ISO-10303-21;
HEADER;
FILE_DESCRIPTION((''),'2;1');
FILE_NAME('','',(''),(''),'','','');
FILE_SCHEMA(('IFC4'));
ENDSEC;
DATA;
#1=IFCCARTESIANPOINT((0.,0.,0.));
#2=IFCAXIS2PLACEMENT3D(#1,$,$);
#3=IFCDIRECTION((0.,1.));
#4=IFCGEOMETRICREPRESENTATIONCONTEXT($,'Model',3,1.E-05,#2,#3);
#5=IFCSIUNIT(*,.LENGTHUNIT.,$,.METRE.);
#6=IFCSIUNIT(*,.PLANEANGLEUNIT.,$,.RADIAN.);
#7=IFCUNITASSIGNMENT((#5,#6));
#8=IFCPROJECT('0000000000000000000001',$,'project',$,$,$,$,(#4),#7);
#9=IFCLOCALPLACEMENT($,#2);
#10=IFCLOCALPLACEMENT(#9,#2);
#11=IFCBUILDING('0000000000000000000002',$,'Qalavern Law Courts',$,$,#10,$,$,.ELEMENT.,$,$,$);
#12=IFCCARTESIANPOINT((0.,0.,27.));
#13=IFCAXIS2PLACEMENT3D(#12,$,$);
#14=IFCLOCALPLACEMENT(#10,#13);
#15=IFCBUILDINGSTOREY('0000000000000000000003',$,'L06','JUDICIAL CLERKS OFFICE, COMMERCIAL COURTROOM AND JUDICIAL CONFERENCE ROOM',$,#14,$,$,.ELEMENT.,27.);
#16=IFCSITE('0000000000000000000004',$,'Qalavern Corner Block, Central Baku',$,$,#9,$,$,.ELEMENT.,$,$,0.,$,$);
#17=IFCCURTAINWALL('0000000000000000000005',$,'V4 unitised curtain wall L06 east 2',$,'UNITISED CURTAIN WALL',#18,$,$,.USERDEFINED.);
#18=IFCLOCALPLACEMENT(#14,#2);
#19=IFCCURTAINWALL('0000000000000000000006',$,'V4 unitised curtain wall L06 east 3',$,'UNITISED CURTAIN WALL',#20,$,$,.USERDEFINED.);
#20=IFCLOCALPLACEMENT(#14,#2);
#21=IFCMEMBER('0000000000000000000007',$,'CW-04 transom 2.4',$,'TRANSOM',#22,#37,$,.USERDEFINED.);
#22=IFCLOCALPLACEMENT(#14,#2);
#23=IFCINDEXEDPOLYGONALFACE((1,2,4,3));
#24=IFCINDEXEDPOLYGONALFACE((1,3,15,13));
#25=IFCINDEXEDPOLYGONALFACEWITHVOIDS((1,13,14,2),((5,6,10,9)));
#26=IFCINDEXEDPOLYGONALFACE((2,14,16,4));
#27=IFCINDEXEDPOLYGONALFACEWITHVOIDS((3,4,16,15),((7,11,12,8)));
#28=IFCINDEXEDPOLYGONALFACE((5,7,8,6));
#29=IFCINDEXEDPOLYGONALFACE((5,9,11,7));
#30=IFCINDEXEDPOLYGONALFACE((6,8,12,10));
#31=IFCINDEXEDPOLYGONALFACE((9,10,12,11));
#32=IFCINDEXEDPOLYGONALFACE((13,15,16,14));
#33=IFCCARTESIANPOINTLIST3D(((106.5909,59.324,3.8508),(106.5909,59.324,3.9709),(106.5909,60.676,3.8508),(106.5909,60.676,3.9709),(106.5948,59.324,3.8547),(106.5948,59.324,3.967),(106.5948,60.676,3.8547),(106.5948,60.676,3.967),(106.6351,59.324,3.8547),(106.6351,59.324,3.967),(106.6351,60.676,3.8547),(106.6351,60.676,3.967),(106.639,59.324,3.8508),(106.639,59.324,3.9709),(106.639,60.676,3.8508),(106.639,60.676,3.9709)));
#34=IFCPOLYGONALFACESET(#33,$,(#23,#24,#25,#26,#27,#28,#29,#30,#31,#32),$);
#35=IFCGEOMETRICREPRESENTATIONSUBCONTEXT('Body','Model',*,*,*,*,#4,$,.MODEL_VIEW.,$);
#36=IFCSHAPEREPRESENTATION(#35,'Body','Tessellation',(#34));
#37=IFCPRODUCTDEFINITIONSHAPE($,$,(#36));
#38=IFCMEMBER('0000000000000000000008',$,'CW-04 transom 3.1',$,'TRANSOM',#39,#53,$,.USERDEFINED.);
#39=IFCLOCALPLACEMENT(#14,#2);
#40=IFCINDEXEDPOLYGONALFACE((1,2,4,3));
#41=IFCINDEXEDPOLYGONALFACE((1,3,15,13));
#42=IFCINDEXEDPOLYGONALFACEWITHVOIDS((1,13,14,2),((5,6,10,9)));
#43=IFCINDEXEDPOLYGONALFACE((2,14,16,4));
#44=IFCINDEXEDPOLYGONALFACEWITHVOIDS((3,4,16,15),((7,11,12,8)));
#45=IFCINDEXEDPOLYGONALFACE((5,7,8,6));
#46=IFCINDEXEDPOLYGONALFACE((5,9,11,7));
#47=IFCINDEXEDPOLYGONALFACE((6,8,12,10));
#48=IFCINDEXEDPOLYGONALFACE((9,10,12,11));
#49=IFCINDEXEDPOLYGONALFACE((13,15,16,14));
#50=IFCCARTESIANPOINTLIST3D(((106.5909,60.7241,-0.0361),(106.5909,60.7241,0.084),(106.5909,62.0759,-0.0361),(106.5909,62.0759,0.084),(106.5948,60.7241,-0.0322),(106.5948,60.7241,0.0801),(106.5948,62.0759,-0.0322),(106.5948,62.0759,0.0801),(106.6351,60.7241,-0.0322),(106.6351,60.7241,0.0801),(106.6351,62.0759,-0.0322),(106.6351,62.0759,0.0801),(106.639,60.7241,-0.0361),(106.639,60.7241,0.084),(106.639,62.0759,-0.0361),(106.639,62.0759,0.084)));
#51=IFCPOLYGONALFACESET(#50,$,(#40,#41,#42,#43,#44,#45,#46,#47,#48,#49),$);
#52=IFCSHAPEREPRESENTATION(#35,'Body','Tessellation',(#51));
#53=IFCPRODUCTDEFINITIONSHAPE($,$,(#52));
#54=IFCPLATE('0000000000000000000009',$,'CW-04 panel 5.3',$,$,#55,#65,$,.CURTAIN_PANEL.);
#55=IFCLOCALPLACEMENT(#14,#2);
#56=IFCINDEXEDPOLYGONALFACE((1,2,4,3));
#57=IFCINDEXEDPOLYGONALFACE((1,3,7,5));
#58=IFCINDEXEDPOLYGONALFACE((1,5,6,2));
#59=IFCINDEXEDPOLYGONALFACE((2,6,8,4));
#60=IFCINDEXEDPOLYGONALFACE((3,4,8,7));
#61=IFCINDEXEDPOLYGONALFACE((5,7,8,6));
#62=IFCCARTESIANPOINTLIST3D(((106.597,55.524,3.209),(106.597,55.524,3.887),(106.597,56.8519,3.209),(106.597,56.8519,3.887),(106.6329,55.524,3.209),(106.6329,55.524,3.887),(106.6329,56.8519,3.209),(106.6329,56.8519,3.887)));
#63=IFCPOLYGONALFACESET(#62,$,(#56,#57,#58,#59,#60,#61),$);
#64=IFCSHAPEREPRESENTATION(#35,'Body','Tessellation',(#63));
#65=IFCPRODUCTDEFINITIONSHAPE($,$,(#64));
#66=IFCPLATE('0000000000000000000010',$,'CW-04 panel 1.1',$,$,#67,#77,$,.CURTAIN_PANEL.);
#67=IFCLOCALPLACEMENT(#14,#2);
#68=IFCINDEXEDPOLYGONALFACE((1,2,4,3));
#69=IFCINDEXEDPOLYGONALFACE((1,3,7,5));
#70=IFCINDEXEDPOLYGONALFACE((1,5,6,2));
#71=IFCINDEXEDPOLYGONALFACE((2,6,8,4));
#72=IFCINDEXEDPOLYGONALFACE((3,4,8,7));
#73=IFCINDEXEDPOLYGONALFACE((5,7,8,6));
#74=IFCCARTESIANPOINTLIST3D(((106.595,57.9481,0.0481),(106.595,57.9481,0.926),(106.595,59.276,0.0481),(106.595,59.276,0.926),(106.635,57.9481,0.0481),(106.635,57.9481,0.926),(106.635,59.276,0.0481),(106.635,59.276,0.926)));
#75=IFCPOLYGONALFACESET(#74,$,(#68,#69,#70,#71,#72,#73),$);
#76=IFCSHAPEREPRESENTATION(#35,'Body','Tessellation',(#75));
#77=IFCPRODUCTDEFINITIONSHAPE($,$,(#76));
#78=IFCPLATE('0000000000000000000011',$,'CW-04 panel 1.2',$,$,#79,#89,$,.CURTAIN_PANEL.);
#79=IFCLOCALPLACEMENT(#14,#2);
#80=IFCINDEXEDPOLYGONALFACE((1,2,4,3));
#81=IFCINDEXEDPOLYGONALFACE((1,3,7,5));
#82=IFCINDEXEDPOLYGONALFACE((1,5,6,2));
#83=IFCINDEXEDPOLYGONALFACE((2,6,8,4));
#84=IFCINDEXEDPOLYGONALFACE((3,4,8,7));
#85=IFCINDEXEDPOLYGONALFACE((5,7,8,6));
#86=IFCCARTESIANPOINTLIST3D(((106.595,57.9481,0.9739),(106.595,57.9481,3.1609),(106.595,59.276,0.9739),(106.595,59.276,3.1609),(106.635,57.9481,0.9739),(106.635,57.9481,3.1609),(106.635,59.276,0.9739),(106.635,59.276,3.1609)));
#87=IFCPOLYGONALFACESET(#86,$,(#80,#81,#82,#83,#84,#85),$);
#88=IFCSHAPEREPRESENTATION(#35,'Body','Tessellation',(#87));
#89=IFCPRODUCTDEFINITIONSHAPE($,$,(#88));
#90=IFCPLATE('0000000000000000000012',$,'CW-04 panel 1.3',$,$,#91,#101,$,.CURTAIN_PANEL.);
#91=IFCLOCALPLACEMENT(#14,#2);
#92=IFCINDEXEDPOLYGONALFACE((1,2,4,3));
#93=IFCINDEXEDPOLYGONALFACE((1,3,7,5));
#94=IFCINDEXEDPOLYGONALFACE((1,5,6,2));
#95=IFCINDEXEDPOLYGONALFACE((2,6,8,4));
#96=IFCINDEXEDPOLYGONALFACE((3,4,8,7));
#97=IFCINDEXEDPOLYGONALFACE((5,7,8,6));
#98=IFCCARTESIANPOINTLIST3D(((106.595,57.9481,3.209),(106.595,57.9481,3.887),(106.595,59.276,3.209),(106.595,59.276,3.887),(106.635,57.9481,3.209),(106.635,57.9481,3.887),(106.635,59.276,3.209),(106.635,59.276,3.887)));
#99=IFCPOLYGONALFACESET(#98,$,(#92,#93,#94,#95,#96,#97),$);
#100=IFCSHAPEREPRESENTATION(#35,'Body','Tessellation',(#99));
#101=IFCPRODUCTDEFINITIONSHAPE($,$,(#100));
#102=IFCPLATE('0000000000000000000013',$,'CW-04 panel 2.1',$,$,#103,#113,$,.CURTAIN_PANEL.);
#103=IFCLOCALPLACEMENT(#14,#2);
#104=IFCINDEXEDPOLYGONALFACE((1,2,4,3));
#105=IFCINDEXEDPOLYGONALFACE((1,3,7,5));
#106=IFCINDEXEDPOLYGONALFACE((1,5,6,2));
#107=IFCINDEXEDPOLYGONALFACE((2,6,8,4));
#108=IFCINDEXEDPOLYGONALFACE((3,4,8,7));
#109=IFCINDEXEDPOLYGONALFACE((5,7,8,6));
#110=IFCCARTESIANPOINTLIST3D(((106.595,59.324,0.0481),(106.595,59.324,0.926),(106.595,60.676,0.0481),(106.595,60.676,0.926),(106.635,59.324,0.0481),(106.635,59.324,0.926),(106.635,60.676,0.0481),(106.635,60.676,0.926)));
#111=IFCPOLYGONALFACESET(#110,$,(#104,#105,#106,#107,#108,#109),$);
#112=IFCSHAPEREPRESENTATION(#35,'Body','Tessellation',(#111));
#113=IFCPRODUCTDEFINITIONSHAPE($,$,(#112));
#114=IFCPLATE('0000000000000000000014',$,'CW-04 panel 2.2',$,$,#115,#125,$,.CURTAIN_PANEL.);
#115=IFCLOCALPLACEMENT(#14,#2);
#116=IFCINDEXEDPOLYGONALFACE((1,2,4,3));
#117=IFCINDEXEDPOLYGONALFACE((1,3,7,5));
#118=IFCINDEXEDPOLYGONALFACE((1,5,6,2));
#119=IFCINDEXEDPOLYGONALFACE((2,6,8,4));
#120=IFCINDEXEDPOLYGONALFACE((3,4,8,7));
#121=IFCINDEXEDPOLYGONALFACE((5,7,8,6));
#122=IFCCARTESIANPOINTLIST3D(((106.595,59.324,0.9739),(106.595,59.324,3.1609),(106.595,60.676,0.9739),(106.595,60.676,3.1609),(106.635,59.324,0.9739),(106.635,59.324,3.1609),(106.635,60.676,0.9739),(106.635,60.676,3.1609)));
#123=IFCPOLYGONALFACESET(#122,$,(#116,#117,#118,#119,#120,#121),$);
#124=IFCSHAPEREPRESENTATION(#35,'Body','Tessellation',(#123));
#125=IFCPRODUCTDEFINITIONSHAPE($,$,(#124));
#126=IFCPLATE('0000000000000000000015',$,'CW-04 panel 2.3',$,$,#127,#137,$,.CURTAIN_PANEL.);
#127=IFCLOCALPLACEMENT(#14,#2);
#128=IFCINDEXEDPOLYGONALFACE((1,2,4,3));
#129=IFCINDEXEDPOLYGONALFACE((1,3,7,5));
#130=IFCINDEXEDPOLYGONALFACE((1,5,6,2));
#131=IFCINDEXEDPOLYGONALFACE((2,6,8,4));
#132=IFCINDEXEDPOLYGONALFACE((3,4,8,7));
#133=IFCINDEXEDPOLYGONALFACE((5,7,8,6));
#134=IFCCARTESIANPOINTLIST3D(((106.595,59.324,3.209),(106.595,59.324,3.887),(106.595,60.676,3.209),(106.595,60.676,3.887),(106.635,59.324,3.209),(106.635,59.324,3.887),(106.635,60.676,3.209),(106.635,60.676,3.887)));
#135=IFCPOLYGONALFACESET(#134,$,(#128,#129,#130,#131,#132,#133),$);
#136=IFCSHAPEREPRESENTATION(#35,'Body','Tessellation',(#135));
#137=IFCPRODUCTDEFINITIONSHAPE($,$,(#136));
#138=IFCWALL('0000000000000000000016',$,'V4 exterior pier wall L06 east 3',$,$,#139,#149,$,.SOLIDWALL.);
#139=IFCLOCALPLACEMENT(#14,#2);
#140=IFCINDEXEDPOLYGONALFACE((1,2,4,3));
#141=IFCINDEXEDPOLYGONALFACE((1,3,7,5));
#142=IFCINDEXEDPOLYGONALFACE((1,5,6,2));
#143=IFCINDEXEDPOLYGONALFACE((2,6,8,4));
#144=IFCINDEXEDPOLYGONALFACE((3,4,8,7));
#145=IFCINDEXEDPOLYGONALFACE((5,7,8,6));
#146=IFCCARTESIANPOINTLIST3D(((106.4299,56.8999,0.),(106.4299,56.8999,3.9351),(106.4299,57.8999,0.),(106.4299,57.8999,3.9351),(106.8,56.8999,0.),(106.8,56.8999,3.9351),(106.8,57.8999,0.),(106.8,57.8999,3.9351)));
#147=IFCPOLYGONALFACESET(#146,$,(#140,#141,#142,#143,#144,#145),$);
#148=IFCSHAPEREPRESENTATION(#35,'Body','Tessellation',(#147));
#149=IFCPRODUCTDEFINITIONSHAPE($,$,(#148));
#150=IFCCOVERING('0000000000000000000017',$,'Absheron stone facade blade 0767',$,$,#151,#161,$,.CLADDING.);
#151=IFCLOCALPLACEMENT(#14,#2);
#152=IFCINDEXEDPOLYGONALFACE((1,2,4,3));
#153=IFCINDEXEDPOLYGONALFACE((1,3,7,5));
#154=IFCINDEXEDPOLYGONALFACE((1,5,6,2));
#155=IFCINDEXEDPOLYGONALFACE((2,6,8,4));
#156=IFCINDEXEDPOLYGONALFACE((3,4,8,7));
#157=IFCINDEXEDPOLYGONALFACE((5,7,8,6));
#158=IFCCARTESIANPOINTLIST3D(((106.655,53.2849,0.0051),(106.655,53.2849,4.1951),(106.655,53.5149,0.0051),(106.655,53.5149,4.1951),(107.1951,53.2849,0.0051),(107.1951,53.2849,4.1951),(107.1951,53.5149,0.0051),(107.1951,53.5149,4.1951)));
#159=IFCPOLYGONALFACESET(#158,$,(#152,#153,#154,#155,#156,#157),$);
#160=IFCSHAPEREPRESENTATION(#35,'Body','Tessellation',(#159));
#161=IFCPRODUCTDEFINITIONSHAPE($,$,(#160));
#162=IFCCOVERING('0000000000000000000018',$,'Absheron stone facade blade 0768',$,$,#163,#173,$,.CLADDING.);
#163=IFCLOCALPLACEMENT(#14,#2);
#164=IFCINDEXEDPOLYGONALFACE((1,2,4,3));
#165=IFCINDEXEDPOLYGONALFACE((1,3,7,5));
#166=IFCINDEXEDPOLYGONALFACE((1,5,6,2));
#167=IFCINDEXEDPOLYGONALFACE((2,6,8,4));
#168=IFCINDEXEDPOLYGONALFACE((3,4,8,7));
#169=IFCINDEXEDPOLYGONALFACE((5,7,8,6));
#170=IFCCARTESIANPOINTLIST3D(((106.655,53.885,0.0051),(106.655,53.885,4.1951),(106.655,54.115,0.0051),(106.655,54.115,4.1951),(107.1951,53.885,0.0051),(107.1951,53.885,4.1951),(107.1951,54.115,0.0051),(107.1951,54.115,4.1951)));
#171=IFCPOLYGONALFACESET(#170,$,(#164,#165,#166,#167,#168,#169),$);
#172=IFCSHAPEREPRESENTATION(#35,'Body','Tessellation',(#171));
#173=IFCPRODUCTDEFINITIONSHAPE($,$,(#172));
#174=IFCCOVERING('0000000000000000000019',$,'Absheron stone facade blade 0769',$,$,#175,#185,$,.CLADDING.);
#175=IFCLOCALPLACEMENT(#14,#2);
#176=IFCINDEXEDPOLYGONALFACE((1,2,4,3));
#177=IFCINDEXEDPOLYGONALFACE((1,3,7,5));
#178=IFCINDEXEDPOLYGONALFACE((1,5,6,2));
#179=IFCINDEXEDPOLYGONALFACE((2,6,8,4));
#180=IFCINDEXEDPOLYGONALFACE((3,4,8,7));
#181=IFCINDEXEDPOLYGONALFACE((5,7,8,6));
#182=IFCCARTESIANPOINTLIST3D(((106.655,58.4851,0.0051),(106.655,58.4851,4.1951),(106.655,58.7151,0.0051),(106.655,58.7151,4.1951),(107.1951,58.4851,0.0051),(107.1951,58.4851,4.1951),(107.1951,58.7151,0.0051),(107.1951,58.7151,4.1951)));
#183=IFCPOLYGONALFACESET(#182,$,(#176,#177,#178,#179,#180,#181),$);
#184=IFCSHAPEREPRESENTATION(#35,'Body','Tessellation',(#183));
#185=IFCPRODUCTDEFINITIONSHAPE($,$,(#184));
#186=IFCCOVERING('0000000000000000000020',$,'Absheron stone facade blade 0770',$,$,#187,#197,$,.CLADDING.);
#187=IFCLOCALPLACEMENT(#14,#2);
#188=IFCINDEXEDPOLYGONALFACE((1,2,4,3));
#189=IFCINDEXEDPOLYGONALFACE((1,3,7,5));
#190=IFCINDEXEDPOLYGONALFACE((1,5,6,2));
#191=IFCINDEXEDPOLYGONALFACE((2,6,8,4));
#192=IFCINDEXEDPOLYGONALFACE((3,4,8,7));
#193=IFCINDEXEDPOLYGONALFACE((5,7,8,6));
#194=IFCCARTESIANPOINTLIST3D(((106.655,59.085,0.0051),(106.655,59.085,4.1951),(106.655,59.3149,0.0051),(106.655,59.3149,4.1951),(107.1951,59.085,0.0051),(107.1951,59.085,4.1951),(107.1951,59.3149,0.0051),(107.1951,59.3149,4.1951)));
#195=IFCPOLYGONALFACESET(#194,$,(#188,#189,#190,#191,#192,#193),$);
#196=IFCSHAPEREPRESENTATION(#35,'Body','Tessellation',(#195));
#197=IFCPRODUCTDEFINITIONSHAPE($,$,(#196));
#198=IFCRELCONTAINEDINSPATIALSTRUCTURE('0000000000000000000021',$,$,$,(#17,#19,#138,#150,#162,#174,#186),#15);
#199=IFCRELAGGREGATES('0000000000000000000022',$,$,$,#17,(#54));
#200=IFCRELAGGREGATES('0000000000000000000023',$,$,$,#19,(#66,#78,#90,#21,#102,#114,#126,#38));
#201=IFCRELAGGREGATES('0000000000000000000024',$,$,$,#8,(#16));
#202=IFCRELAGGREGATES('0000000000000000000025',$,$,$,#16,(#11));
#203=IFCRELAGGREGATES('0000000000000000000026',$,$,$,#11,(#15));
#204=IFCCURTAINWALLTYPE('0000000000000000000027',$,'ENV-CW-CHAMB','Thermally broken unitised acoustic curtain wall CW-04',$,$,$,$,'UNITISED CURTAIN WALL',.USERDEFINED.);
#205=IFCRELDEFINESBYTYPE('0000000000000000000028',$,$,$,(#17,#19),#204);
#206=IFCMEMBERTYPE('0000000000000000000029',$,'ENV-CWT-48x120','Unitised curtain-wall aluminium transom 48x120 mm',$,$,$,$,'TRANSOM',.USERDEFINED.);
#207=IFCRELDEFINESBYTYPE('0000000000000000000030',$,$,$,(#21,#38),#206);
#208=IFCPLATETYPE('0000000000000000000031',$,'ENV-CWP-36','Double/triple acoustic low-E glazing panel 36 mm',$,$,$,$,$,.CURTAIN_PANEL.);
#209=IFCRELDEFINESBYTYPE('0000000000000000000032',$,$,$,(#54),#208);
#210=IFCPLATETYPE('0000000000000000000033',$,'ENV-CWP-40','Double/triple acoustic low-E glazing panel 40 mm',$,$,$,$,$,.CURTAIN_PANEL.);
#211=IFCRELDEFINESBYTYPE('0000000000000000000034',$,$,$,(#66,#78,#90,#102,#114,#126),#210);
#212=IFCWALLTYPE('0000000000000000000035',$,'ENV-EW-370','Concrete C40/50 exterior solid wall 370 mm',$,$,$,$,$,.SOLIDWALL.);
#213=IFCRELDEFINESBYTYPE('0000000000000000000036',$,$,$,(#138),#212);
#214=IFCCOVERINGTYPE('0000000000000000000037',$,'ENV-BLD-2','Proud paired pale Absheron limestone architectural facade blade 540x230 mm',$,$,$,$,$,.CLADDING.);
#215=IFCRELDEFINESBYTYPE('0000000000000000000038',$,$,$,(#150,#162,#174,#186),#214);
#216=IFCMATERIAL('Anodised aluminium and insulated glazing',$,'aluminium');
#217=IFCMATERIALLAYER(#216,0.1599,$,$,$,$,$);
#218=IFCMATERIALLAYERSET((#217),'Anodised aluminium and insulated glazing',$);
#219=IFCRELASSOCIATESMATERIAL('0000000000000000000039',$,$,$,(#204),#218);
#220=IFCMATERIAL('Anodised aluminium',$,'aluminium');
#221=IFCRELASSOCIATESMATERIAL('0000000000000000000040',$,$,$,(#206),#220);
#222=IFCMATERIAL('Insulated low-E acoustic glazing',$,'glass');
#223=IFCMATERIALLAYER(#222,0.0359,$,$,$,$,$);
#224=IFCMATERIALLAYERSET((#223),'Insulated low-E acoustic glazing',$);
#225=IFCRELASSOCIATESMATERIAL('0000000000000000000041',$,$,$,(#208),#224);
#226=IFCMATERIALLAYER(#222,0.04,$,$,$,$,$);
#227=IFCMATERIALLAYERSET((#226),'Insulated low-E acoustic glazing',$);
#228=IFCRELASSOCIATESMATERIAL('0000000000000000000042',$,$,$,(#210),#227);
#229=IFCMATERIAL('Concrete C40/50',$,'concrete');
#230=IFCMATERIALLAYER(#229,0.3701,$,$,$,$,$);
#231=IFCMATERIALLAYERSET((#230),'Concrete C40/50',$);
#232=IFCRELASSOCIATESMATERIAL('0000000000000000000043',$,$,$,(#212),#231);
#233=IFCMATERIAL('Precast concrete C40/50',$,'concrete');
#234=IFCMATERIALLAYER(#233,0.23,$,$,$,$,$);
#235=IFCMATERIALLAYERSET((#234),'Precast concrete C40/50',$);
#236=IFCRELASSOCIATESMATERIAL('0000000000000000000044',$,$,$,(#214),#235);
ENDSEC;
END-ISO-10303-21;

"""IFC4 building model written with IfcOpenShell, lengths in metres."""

from ifc_helpers import new_model, si_unit, direction, frame, frame_2d, origin, origin_2d, place, context, subcontext, project, spatial, rectangle, hollow_rectangle, extrude, material, layer, layer_set, material_profile, profile_set, type_object, element, aggregate, save


model = new_model("IFC4")

# Units and contexts
model_context = context("Model", 3, precision=1e-05, world=origin(), true_north=direction((0.0, 1.0)))
body_context = subcontext(model_context, "Body", "Model", "MODEL_VIEW")
ifc_project = project(units=[si_unit("LENGTHUNIT", "METRE"), si_unit("PLANEANGLEUNIT", "RADIAN")], contexts=[model_context])

# Site, building, storey
site_placement = place(None, origin())
site = spatial("IfcSite", under=ifc_project, at=site_placement, Name="Qalavern Corner Block, Central Baku", CompositionType="ELEMENT", RefElevation=0.0)
building_placement = place(site_placement, origin())
building = spatial("IfcBuilding", under=site, at=building_placement, Name="Qalavern Law Courts", CompositionType="ELEMENT")
storey_placement = place(building_placement, frame((0.0, 0.0, 27.0)))
storey = spatial("IfcBuildingStorey", under=building, at=storey_placement, Name="L06", Description="JUDICIAL CLERKS OFFICE, COMMERCIAL COURTROOM AND JUDICIAL CONFERENCE ROOM", CompositionType="ELEMENT", Elevation=27.0)

# Curtain wall
ifc_material_1 = material(Name="Anodised aluminium and insulated glazing", Category="aluminium")
ifc_layer_1 = layer(ifc_material_1, 0.1599)
ifc_layer_set_1 = layer_set([ifc_layer_1], Name="Anodised aluminium and insulated glazing")
curtain_wall_type = type_object("IfcCurtainWallType", Name="ENV-CW-CHAMB", Description="Thermally broken unitised acoustic curtain wall CW-04", ElementType="UNITISED CURTAIN WALL", PredefinedType="USERDEFINED", material=ifc_layer_set_1)
curtain_wall_1_placement = place(storey_placement, origin())
curtain_wall_1 = element("IfcCurtainWall", 1, at=curtain_wall_1_placement, inside=storey, type_object=curtain_wall_type, Name="V4 unitised curtain wall L06 east 2", ObjectType="UNITISED CURTAIN WALL", PredefinedType="USERDEFINED")
ifc_material_2 = material(Name="Anodised aluminium", Category="aluminium")

# Curtain wall, members
curtain_wall_2_placement = place(storey_placement, origin())
curtain_wall_2 = element("IfcCurtainWall", 2, at=curtain_wall_2_placement, inside=storey, type_object=curtain_wall_type, Name="V4 unitised curtain wall L06 east 3", ObjectType="UNITISED CURTAIN WALL", PredefinedType="USERDEFINED")
ifc_material_profile_1 = material_profile(ifc_material_2, hollow_rectangle(XDim=0.0481, YDim=0.1201, WallThickness=0.0039, at=origin_2d()), Name="ALU TRANSOM 48x120")
ifc_profile_set_1 = profile_set([ifc_material_profile_1], Name="Anodised aluminium")
member_type_1 = type_object("IfcMemberType", Name="ENV-CWT-48x120", Description="Unitised curtain-wall aluminium transom 48x120 mm", ElementType="TRANSOM", PredefinedType="USERDEFINED", material=ifc_profile_set_1)
member_1_placement = place(storey_placement, frame((106.615, 59.324, 3.9109), z_axis=(0.0, 1.0, 0.0), x_axis=(-1.0, 0.0, 0.0)))
member_1 = element("IfcMember", 3, at=member_1_placement, type_object=member_type_1, Name="CW-04 transom 2.4", ObjectType="TRANSOM", PredefinedType="USERDEFINED", context=body_context, shape_type="SweptSolid", body=[
    extrude(hollow_rectangle(XDim=0.0481, YDim=0.1201, WallThickness=0.0039, at=origin_2d()), origin(), (0.0, 0.0, 1.0), 1.3521),
])
member_2_placement = place(storey_placement, frame((106.615, 60.7241, 0.0239), z_axis=(0.0, 1.0, 0.0), x_axis=(-1.0, 0.0, 0.0)))
member_2 = element("IfcMember", 4, at=member_2_placement, type_object=member_type_1, Name="CW-04 transom 3.1", ObjectType="TRANSOM", PredefinedType="USERDEFINED", context=body_context, shape_type="SweptSolid", body=[
    extrude(hollow_rectangle(XDim=0.0481, YDim=0.1201, WallThickness=0.0039, at=origin_2d()), origin(), (0.0, 0.0, 1.0), 1.3518),
])

# Plates
ifc_material_3 = material(Name="Insulated low-E acoustic glazing", Category="glass")
ifc_layer_2 = layer(ifc_material_3, 0.0359)
ifc_layer_set_2 = layer_set([ifc_layer_2], Name="Insulated low-E acoustic glazing")
plate_type_1 = type_object("IfcPlateType", Name="ENV-CWP-36", Description="Double/triple acoustic low-E glazing panel 36 mm", PredefinedType="CURTAIN_PANEL", material=ifc_layer_set_2)
plate_1_placement = place(storey_placement, frame((106.615, 56.188, 3.209), z_axis=(0.0, 0.0, 1.0), x_axis=(0.0, 1.0, 0.0)))
plate_1 = element("IfcPlate", 5, at=plate_1_placement, type_object=plate_type_1, Name="CW-04 panel 5.3", PredefinedType="CURTAIN_PANEL", context=body_context, shape_type="SweptSolid", body=[
    extrude(rectangle(XDim=1.3279, YDim=0.0359, at=origin_2d()), origin(), (0.0, 0.0, 1.0), 0.678),
])
aggregate(curtain_wall_1, [plate_1])
ifc_layer_3 = layer(ifc_material_3, 0.04)
ifc_layer_set_3 = layer_set([ifc_layer_3], Name="Insulated low-E acoustic glazing")
plate_type_2 = type_object("IfcPlateType", Name="ENV-CWP-40", Description="Double/triple acoustic low-E glazing panel 40 mm", PredefinedType="CURTAIN_PANEL", material=ifc_layer_set_3)
plate_2_placement = place(storey_placement, frame((106.615, 58.6121, 0.0481), z_axis=(0.0, 0.0, 1.0), x_axis=(0.0, 1.0, 0.0)))
plate_2 = element("IfcPlate", 6, at=plate_2_placement, type_object=plate_type_2, Name="CW-04 panel 1.1", PredefinedType="CURTAIN_PANEL", context=body_context, shape_type="SweptSolid", body=[
    extrude(rectangle(XDim=1.3279, YDim=0.04, at=origin_2d()), origin(), (0.0, 0.0, 1.0), 0.8779),
])
plate_3_placement = place(storey_placement, frame((106.615, 58.6121, 0.9739), z_axis=(0.0, 0.0, 1.0), x_axis=(0.0, 1.0, 0.0)))
plate_3 = element("IfcPlate", 7, at=plate_3_placement, type_object=plate_type_2, Name="CW-04 panel 1.2", PredefinedType="CURTAIN_PANEL", context=body_context, shape_type="SweptSolid", body=[
    extrude(rectangle(XDim=1.3279, YDim=0.04, at=origin_2d()), origin(), (0.0, 0.0, 1.0), 2.187),
])
plate_4_placement = place(storey_placement, frame((106.615, 58.6121, 3.209), z_axis=(0.0, 0.0, 1.0), x_axis=(0.0, 1.0, 0.0)))
plate_4 = element("IfcPlate", 8, at=plate_4_placement, type_object=plate_type_2, Name="CW-04 panel 1.3", PredefinedType="CURTAIN_PANEL", context=body_context, shape_type="SweptSolid", body=[
    extrude(rectangle(XDim=1.3279, YDim=0.04, at=origin_2d()), origin(), (0.0, 0.0, 1.0), 0.678),
])
plate_5_placement = place(storey_placement, frame((106.615, 60.0, 0.0481), z_axis=(0.0, 0.0, 1.0), x_axis=(0.0, 1.0, 0.0)))
plate_5 = element("IfcPlate", 9, at=plate_5_placement, type_object=plate_type_2, Name="CW-04 panel 2.1", PredefinedType="CURTAIN_PANEL", context=body_context, shape_type="SweptSolid", body=[
    extrude(rectangle(XDim=1.3521, YDim=0.04, at=origin_2d()), origin(), (0.0, 0.0, 1.0), 0.8779),
])
plate_6_placement = place(storey_placement, frame((106.615, 60.0, 0.9739), z_axis=(0.0, 0.0, 1.0), x_axis=(0.0, 1.0, 0.0)))
plate_6 = element("IfcPlate", 10, at=plate_6_placement, type_object=plate_type_2, Name="CW-04 panel 2.2", PredefinedType="CURTAIN_PANEL", context=body_context, shape_type="SweptSolid", body=[
    extrude(rectangle(XDim=1.3521, YDim=0.04, at=origin_2d()), origin(), (0.0, 0.0, 1.0), 2.187),
])
plate_7_placement = place(storey_placement, frame((106.615, 60.0, 3.209), z_axis=(0.0, 0.0, 1.0), x_axis=(0.0, 1.0, 0.0)))
plate_7 = element("IfcPlate", 11, at=plate_7_placement, type_object=plate_type_2, Name="CW-04 panel 2.3", PredefinedType="CURTAIN_PANEL", context=body_context, shape_type="SweptSolid", body=[
    extrude(rectangle(XDim=1.3521, YDim=0.04, at=origin_2d()), origin(), (0.0, 0.0, 1.0), 0.678),
])
aggregate(curtain_wall_2, [plate_2, plate_3, plate_4, member_1, plate_5, plate_6, plate_7, member_2])

# Wall
ifc_material_4 = material(Name="Concrete C40/50", Category="concrete")
ifc_layer_4 = layer(ifc_material_4, 0.3701)
ifc_layer_set_4 = layer_set([ifc_layer_4], Name="Concrete C40/50")
wall_type = type_object("IfcWallType", Name="ENV-EW-370", Description="Concrete C40/50 exterior solid wall 370 mm", PredefinedType="SOLIDWALL", material=ifc_layer_set_4)
wall_placement = place(storey_placement, frame((106.615, 56.8999, 0.0), z_axis=(0.0, 0.0, 1.0), x_axis=(0.0, 1.0, 0.0)))
element("IfcWall", 12, at=wall_placement, inside=storey, type_object=wall_type, Name="V4 exterior pier wall L06 east 3", PredefinedType="SOLIDWALL", context=body_context, shape_type="SweptSolid", body=[
    extrude(rectangle(XDim=1.0, YDim=0.3701, at=frame_2d((0.5, 0.0))), origin(), (0.0, 0.0, 1.0), 3.9351),
])

# Coverings
ifc_material_5 = material(Name="Precast concrete C40/50", Category="concrete")
ifc_layer_5 = layer(ifc_material_5, 0.23)
ifc_layer_set_5 = layer_set([ifc_layer_5], Name="Precast concrete C40/50")
covering_type_1 = type_object("IfcCoveringType", Name="ENV-BLD-2", Description="Proud paired pale Absheron limestone architectural facade blade 540x230 mm", PredefinedType="CLADDING", material=ifc_layer_set_5)
for number, where, z_axis, x_axis, name in (
    (13, (106.925, 53.3999, 0.0051), (0.0, 0.0, 1.0), (1.0, 0.0, 0.0), "Absheron stone facade blade 0767"),
    (14, (106.925, 54.0, 0.0051), (0.0, 0.0, 1.0), (1.0, 0.0, 0.0), "Absheron stone facade blade 0768"),
    (15, (106.925, 58.6001, 0.0051), (0.0, 0.0, 1.0), (1.0, 0.0, 0.0), "Absheron stone facade blade 0769"),
    (16, (106.925, 59.2, 0.0051), (0.0, 0.0, 1.0), (1.0, 0.0, 0.0), "Absheron stone facade blade 0770"),
):
    element("IfcCovering", number, at=place(storey_placement, frame(where, z_axis=z_axis, x_axis=x_axis)), inside=storey, type_object=covering_type_1, Name=name, PredefinedType="CLADDING", context=body_context, shape_type="SweptSolid", body=[
        extrude(rectangle(XDim=0.54, YDim=0.23, at=origin_2d()), origin(), (0.0, 0.0, 1.0), 4.1899),
    ])

save(model, "model.ifc")
